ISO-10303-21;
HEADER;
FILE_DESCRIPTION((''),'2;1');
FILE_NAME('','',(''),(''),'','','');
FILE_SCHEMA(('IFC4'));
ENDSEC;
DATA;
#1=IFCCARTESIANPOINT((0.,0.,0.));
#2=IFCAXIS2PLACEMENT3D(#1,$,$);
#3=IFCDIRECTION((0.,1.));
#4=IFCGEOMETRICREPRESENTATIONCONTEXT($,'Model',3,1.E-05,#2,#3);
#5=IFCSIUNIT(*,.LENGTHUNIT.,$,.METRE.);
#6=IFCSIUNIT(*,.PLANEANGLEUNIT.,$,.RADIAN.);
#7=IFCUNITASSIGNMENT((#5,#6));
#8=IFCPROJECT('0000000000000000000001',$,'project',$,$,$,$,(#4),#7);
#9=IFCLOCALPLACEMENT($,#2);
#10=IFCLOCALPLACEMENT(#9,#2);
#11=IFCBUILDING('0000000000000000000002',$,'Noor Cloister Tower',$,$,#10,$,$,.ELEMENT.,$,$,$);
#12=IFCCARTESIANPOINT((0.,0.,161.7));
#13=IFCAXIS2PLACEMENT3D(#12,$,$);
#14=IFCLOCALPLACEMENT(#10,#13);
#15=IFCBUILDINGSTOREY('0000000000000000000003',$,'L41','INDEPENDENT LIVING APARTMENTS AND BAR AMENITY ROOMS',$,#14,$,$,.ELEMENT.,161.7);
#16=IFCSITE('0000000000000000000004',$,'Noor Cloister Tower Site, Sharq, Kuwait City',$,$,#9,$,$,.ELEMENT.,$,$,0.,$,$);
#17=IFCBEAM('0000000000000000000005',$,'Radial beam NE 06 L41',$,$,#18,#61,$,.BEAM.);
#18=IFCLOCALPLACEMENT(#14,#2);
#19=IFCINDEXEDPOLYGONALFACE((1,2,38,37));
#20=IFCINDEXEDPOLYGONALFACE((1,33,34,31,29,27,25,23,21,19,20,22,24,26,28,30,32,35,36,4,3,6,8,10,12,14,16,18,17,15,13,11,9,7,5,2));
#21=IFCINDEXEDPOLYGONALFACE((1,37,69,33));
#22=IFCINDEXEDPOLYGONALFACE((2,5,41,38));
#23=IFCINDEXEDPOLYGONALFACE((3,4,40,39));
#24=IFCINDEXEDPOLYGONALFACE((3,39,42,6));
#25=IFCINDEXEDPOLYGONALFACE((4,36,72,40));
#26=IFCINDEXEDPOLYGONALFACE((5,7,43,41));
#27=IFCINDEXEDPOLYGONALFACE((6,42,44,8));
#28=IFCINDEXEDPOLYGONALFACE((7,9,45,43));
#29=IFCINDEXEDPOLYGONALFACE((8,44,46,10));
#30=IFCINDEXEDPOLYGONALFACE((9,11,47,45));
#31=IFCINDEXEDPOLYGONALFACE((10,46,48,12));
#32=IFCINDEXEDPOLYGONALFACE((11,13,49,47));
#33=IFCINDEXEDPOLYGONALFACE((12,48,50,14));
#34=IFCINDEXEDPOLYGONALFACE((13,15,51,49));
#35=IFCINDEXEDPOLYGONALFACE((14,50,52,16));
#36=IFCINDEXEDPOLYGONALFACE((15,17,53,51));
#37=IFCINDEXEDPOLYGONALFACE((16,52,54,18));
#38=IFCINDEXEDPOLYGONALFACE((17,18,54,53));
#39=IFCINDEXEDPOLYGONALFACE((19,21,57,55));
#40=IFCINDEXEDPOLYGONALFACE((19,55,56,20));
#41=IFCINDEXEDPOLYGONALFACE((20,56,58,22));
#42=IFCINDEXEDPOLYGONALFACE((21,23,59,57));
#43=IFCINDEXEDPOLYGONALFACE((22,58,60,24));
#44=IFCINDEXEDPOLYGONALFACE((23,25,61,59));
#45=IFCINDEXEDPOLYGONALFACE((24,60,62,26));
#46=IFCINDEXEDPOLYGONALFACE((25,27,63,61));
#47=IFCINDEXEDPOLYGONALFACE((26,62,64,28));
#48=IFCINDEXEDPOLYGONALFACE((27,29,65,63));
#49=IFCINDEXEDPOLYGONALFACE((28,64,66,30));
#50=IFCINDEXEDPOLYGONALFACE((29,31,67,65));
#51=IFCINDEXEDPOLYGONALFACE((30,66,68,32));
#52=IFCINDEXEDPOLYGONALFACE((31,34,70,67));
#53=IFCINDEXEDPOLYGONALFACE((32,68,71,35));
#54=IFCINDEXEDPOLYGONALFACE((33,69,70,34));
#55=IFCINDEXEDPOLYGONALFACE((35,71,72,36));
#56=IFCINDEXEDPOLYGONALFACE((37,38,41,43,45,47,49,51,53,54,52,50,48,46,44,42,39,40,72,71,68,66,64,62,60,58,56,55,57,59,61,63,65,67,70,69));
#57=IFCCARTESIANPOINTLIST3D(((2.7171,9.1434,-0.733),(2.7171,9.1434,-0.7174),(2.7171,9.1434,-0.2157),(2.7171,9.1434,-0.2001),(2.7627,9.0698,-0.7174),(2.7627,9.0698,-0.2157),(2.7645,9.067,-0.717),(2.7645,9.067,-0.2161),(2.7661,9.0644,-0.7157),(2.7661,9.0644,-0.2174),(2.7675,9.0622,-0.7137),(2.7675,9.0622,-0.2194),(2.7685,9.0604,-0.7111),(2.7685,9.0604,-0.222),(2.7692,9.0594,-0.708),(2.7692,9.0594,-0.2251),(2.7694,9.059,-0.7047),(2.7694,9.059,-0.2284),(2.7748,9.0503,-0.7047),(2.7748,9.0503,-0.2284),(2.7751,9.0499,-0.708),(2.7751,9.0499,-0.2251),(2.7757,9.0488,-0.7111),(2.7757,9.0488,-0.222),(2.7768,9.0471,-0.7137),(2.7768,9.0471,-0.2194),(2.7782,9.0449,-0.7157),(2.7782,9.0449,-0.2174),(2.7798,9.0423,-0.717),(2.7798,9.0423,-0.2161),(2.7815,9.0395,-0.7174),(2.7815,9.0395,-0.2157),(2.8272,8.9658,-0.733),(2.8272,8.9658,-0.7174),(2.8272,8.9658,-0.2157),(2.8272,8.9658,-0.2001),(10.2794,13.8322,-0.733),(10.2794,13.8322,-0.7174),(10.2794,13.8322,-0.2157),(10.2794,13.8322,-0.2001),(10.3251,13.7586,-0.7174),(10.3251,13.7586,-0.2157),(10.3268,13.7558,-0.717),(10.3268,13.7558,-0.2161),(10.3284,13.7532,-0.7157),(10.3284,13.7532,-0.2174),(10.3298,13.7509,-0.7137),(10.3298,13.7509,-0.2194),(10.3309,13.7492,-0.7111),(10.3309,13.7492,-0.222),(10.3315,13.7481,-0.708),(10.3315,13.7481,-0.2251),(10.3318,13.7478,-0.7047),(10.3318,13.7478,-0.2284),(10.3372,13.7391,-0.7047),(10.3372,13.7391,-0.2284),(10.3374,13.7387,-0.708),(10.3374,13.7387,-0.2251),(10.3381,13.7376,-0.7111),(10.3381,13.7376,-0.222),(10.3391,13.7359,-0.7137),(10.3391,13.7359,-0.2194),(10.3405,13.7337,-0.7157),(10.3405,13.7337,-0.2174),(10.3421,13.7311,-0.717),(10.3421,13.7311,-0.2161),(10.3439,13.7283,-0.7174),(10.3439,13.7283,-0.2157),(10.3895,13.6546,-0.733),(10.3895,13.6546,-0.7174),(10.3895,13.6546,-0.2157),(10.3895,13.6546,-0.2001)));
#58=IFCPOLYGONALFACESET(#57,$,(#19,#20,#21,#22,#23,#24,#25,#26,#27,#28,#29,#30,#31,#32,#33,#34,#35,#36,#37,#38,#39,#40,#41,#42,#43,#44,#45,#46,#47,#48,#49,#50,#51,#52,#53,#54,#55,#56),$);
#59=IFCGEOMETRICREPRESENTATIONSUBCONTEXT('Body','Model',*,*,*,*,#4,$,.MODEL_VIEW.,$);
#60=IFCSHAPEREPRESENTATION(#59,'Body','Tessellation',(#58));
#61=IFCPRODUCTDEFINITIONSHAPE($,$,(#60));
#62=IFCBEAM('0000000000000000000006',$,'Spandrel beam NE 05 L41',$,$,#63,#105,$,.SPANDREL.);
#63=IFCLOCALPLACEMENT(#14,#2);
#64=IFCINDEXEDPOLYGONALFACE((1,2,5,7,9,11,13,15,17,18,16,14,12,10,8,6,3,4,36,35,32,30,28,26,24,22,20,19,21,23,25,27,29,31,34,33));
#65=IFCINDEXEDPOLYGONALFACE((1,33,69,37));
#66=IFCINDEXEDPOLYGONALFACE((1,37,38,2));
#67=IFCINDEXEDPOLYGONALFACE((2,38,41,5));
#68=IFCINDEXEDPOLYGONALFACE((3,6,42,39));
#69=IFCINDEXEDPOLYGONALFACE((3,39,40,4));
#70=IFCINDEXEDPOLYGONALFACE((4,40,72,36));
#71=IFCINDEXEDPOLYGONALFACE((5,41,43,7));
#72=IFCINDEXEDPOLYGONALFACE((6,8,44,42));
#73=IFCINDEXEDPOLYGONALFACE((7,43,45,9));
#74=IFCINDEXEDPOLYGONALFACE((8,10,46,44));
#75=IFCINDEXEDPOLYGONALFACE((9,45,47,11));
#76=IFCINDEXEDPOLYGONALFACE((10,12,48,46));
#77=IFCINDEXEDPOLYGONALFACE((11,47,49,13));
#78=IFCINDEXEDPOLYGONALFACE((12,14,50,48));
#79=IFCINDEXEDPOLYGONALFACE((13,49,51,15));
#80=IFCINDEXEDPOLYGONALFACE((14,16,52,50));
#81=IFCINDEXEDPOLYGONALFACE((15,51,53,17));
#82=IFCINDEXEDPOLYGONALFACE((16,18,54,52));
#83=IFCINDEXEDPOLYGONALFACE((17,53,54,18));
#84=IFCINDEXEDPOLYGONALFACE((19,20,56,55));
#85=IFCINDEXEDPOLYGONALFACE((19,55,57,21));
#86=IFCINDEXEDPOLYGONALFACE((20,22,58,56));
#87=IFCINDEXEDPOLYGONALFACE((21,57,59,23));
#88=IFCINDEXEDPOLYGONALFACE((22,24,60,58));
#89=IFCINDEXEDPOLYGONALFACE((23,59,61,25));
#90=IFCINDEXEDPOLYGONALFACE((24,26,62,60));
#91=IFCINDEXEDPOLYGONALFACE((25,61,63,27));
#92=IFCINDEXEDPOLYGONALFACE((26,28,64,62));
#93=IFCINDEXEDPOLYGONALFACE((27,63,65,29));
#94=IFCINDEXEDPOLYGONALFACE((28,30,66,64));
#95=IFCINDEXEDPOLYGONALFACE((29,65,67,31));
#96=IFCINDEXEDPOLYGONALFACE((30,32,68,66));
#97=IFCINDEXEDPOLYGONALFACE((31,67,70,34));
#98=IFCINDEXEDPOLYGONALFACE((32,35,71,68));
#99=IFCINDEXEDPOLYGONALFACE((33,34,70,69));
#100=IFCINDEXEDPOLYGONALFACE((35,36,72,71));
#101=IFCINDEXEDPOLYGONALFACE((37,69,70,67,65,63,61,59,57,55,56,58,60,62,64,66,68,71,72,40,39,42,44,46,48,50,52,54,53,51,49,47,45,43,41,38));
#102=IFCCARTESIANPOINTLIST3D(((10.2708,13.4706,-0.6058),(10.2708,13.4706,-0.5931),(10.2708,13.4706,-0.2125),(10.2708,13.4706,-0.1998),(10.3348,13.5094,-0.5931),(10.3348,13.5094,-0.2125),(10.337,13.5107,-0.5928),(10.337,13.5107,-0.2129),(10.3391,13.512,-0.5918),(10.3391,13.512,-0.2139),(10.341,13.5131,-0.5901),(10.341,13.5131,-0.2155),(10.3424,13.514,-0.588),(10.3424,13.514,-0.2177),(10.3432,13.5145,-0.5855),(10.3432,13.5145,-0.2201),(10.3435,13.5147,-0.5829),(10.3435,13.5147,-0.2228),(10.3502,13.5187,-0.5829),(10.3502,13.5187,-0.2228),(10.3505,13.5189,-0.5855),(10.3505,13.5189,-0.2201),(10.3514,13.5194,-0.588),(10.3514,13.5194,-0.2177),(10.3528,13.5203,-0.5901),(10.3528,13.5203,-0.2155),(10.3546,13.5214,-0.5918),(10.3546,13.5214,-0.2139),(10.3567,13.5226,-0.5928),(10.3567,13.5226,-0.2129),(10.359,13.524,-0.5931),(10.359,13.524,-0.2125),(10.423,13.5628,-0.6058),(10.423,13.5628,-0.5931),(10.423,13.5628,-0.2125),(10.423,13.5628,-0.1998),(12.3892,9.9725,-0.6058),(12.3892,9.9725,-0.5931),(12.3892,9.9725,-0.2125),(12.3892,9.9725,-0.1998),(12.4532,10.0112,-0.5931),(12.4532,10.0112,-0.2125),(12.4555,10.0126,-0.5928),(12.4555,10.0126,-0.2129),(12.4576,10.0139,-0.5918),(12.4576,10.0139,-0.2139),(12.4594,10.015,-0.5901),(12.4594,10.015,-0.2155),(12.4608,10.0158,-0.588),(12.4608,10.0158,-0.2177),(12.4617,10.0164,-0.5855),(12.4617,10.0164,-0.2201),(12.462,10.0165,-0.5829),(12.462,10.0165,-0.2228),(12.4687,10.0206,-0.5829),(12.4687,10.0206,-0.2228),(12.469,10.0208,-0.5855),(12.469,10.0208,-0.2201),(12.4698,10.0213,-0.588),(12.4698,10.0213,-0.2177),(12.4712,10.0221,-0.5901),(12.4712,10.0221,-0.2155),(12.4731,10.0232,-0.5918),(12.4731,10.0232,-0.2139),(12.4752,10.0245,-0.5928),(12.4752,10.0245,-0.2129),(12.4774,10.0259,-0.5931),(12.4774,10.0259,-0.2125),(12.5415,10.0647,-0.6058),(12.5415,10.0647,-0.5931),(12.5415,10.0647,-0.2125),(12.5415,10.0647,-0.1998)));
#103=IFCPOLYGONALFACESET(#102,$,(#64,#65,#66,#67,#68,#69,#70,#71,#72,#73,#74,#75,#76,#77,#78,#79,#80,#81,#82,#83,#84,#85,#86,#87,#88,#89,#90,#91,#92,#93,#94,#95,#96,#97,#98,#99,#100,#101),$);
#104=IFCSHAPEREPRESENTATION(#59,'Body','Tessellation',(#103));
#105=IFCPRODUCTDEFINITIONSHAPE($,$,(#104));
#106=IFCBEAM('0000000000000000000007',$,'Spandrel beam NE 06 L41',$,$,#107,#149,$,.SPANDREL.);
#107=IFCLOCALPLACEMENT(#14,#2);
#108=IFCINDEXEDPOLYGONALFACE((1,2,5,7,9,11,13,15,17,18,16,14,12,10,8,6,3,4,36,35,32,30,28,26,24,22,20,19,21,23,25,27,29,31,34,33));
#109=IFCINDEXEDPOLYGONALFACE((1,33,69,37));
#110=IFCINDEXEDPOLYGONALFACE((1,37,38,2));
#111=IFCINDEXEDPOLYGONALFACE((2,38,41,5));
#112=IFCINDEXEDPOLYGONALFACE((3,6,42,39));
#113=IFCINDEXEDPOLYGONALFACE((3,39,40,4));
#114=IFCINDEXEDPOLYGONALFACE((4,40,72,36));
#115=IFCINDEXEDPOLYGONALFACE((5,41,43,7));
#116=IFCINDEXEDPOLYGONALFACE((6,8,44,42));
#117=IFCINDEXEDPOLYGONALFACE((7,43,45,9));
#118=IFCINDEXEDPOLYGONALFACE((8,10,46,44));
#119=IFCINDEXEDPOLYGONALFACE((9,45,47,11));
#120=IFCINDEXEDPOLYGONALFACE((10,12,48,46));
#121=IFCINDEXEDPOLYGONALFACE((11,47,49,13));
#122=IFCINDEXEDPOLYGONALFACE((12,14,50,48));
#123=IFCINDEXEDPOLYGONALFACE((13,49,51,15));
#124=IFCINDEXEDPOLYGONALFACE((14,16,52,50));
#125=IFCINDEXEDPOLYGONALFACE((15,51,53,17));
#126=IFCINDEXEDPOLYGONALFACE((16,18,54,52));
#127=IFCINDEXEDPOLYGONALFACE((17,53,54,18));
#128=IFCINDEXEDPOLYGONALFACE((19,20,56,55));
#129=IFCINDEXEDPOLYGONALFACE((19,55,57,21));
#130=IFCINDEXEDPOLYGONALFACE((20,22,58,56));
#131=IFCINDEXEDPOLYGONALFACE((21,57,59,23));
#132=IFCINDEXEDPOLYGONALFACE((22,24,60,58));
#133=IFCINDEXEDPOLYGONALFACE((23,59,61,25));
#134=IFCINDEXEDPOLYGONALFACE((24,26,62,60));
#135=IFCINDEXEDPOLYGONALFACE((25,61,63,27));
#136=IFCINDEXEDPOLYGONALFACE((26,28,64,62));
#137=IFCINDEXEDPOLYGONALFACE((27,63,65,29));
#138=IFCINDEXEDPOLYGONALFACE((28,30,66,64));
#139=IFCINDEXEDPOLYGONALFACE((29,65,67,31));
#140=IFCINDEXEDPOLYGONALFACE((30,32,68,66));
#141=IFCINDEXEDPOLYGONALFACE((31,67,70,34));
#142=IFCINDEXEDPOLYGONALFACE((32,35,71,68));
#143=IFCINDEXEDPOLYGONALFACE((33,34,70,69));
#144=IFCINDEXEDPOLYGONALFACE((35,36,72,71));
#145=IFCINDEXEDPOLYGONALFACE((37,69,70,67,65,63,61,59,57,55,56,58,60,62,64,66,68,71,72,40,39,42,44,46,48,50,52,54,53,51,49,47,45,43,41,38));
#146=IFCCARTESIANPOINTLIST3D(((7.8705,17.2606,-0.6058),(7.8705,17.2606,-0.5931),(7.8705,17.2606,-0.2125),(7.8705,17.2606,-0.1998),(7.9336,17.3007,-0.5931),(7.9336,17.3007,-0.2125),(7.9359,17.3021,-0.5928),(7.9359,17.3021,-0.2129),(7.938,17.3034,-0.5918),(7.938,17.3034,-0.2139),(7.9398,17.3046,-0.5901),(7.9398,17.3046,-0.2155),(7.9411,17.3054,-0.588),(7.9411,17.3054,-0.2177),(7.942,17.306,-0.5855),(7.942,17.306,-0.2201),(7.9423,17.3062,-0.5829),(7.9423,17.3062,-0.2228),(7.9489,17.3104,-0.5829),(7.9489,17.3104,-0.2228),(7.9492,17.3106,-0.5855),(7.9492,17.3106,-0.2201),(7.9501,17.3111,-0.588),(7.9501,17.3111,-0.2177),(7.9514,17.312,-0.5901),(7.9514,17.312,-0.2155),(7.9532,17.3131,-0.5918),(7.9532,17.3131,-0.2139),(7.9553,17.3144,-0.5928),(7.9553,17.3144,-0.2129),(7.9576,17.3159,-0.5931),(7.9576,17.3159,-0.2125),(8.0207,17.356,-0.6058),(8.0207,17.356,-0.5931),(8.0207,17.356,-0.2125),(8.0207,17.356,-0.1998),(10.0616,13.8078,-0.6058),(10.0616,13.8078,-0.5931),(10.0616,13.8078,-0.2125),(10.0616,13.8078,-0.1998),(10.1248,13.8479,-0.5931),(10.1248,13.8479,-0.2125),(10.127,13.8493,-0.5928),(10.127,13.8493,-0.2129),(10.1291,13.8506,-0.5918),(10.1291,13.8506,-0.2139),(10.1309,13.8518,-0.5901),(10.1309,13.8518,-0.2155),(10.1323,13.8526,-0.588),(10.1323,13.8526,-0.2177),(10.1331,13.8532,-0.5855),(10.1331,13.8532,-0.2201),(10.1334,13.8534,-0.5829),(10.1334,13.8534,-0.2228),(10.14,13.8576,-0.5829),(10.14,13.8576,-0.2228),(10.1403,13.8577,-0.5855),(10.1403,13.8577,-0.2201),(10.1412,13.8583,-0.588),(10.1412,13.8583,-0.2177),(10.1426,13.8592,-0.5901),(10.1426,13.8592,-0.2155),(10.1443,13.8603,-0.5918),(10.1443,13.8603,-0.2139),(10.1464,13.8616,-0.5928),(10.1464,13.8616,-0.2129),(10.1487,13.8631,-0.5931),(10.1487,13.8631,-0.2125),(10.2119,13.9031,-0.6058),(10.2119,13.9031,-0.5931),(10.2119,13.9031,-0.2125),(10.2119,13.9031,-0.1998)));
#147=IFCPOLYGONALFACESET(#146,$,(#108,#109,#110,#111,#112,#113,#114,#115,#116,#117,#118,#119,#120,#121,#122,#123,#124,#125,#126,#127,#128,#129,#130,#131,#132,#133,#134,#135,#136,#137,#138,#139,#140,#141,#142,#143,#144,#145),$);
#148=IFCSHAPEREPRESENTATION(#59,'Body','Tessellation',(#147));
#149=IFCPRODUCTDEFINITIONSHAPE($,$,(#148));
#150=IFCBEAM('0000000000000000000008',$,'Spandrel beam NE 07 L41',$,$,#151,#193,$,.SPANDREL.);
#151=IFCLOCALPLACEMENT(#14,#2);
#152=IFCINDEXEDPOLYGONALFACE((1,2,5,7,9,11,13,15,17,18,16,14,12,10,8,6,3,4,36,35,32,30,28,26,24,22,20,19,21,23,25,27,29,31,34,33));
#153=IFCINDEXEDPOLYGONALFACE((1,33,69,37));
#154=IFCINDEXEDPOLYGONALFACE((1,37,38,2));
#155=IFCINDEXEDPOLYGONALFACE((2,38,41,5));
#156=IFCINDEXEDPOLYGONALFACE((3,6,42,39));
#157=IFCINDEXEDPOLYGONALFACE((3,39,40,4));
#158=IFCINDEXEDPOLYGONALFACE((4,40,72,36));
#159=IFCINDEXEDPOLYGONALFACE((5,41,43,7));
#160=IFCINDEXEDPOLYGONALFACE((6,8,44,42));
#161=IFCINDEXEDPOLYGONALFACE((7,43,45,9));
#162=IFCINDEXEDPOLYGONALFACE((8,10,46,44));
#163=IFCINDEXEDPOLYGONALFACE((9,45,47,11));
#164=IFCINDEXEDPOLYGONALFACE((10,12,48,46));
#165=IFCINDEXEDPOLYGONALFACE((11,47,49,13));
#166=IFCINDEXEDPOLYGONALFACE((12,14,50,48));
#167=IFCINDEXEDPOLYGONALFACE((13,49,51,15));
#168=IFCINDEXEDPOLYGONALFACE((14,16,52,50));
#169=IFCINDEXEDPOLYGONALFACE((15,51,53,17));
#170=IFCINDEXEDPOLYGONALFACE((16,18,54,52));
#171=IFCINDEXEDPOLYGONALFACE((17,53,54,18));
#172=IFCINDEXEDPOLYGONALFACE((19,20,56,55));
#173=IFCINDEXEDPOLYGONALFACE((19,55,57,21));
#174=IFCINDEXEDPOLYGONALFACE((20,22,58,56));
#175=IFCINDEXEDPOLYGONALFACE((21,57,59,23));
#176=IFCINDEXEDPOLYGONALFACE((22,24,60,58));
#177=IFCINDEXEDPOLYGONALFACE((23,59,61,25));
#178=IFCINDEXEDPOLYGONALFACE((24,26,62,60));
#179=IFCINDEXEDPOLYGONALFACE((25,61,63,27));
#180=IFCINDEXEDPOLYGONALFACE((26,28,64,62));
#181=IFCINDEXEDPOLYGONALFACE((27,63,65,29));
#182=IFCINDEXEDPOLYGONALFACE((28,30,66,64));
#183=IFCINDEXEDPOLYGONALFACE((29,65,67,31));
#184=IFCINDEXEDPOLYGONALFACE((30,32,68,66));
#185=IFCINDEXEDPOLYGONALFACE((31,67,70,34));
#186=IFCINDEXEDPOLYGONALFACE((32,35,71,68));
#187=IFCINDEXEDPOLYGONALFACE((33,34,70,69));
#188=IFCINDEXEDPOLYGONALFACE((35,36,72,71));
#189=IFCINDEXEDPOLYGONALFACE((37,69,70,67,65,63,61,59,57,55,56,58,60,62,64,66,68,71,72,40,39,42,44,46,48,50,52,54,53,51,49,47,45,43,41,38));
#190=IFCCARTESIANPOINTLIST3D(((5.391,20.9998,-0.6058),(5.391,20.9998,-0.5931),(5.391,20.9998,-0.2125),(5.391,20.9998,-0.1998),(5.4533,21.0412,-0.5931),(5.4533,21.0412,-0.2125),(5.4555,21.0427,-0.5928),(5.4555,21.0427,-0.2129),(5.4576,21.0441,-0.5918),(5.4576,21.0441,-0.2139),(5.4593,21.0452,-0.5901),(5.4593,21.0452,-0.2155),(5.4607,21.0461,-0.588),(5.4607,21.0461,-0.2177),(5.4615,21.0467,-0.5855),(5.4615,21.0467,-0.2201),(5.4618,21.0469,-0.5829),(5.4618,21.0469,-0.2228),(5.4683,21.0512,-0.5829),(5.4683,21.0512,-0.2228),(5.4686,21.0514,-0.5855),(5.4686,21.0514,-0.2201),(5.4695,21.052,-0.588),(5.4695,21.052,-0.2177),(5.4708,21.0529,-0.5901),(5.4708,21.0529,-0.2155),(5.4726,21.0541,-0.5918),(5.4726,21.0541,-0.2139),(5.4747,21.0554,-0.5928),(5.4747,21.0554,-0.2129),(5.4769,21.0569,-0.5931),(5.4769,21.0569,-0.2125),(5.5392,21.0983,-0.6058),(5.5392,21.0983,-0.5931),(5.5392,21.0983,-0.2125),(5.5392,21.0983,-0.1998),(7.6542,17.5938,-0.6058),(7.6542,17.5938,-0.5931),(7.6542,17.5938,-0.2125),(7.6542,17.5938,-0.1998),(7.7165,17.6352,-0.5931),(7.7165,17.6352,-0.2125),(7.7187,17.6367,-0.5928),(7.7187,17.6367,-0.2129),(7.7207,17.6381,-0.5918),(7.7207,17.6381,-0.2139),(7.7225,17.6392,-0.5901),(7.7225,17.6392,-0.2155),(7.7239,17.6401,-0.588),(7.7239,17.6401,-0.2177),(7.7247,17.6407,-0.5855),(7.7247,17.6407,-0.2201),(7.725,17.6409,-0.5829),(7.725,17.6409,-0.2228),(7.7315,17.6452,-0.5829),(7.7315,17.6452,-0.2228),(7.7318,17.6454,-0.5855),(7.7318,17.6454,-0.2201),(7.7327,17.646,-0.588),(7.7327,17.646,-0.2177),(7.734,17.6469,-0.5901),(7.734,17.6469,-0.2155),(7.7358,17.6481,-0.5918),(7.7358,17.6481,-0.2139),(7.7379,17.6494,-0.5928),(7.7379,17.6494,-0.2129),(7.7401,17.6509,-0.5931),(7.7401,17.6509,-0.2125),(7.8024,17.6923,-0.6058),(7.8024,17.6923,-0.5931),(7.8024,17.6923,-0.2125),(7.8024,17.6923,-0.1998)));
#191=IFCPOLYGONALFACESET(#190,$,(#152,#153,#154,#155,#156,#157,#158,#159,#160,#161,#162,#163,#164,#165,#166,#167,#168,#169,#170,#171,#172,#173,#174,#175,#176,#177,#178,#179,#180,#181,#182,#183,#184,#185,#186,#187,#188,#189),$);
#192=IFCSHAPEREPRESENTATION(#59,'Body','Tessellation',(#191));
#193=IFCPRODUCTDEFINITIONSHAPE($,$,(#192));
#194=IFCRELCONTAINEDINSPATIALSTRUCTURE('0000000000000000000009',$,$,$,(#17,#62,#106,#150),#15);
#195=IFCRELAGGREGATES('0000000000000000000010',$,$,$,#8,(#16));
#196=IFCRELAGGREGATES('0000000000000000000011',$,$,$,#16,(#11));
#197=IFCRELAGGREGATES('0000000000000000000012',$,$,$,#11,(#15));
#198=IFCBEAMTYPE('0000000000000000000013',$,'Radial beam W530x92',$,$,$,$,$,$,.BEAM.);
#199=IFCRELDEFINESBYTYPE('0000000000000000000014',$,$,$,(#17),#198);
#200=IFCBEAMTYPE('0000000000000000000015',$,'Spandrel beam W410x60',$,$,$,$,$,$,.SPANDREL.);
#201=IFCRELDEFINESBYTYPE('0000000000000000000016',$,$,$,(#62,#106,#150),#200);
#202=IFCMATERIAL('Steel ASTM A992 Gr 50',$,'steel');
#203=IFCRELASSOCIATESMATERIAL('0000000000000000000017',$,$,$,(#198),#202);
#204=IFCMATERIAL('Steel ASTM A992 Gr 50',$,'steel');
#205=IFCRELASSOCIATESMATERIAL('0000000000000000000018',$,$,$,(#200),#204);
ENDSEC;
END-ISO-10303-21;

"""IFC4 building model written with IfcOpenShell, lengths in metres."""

from ifc_helpers import new_model, si_unit, direction, frame, origin, origin_2d, place, context, subcontext, project, spatial, i_section, extrude, material, material_profile, profile_set, type_object, element, save


model = new_model("IFC4")

# Units and contexts
model_context = context("Model", 3, precision=1e-05, world=origin(), true_north=direction((0.0, 1.0)))
body_context = subcontext(model_context, "Body", "Model", "MODEL_VIEW")
ifc_project = project(units=[si_unit("LENGTHUNIT", "METRE"), si_unit("PLANEANGLEUNIT", "RADIAN")], contexts=[model_context])

# Site, building, storey
site_placement = place(None, origin())
site = spatial("IfcSite", under=ifc_project, at=site_placement, Name="Noor Cloister Tower Site, Sharq, Kuwait City", CompositionType="ELEMENT", RefElevation=0.0)
building_placement = place(site_placement, origin())
building = spatial("IfcBuilding", under=site, at=building_placement, Name="Noor Cloister Tower", CompositionType="ELEMENT")
storey_placement = place(building_placement, frame((0.0, 0.0, 161.7)))
storey = spatial("IfcBuildingStorey", under=building, at=storey_placement, Name="L41", Description="INDEPENDENT LIVING APARTMENTS AND BAR AMENITY ROOMS", CompositionType="ELEMENT", Elevation=161.7)

# Beams
ifc_material_1 = material(Name="Steel ASTM A992 Gr 50", Category="steel")
ifc_material_profile_1 = material_profile(ifc_material_1, i_section(OverallWidth=0.209, OverallDepth=0.533, WebThickness=0.0103, FlangeThickness=0.0156, FilletRadius=0.0127, at=origin_2d()), Name="W530x92")
ifc_profile_set_1 = profile_set([ifc_material_profile_1], Name="Steel ASTM A992 Gr 50")
beam_type_1 = type_object("IfcBeamType", Name="Radial beam W530x92", PredefinedType="BEAM", material=ifc_profile_set_1)
beam_1_placement = place(storey_placement, frame((10.3345, 13.7434, -0.4666), z_axis=(-0.849897, -0.52695, 0.0), x_axis=(0.52695, -0.849897, 0.0)))
element("IfcBeam", 1, at=beam_1_placement, inside=storey, type_object=beam_type_1, Name="Radial beam NE 06 L41", PredefinedType="BEAM", context=body_context, shape_type="SweptSolid", body=[
    extrude(i_section(OverallWidth=0.209, OverallDepth=0.533, WebThickness=0.0103, FlangeThickness=0.0156, FilletRadius=0.0127, at=origin_2d()), origin(), (0.0, 0.0, 1.0), 8.8979),
])
ifc_material_2 = material(Name="Steel ASTM A992 Gr 50", Category="steel")
ifc_material_profile_2 = material_profile(ifc_material_2, i_section(OverallWidth=0.178, OverallDepth=0.406, WebThickness=0.0078, FlangeThickness=0.0127, FilletRadius=0.0103, at=origin_2d()), Name="W410x60")
ifc_profile_set_2 = profile_set([ifc_material_profile_2], Name="Steel ASTM A992 Gr 50")
beam_type_2 = type_object("IfcBeamType", Name="Spandrel beam W410x60", PredefinedType="SPANDREL", material=ifc_profile_set_2)
beam_2_placement = place(storey_placement, frame((12.4653, 10.0186, -0.4028), z_axis=(-0.518012, 0.855373, 0.0), x_axis=(-0.855373, -0.518012, 0.0)))
element("IfcBeam", 2, at=beam_2_placement, inside=storey, type_object=beam_type_2, Name="Spandrel beam NE 05 L41", PredefinedType="SPANDREL", context=body_context, shape_type="SweptSolid", body=[
    extrude(i_section(OverallWidth=0.178, OverallDepth=0.406, WebThickness=0.0078, FlangeThickness=0.0127, FilletRadius=0.0103, at=origin_2d()), origin(), (0.0, 0.0, 1.0), 4.0896),
])
for number, where, z_axis, x_axis, name in (
    (3, (10.1367, 13.8555, -0.4028), (-0.535809, 0.844339, 0.0), (-0.844339, -0.535809, 0.0), "Spandrel beam NE 06 L41"),
    (4, (7.7283, 17.6431, -0.4028), (-0.553432, 0.832894, 0.0), (-0.832894, -0.553432, 0.0), "Spandrel beam NE 07 L41"),
):
    element("IfcBeam", number, at=place(storey_placement, frame(where, z_axis=z_axis, x_axis=x_axis)), inside=storey, type_object=beam_type_2, Name=name, PredefinedType="SPANDREL", context=body_context, shape_type="SweptSolid", body=[
        extrude(i_section(OverallWidth=0.178, OverallDepth=0.406, WebThickness=0.0078, FlangeThickness=0.0127, FilletRadius=0.0103, at=origin_2d()), origin(), (0.0, 0.0, 1.0), 4.0894),
    ])

save(model, "model.ifc")
